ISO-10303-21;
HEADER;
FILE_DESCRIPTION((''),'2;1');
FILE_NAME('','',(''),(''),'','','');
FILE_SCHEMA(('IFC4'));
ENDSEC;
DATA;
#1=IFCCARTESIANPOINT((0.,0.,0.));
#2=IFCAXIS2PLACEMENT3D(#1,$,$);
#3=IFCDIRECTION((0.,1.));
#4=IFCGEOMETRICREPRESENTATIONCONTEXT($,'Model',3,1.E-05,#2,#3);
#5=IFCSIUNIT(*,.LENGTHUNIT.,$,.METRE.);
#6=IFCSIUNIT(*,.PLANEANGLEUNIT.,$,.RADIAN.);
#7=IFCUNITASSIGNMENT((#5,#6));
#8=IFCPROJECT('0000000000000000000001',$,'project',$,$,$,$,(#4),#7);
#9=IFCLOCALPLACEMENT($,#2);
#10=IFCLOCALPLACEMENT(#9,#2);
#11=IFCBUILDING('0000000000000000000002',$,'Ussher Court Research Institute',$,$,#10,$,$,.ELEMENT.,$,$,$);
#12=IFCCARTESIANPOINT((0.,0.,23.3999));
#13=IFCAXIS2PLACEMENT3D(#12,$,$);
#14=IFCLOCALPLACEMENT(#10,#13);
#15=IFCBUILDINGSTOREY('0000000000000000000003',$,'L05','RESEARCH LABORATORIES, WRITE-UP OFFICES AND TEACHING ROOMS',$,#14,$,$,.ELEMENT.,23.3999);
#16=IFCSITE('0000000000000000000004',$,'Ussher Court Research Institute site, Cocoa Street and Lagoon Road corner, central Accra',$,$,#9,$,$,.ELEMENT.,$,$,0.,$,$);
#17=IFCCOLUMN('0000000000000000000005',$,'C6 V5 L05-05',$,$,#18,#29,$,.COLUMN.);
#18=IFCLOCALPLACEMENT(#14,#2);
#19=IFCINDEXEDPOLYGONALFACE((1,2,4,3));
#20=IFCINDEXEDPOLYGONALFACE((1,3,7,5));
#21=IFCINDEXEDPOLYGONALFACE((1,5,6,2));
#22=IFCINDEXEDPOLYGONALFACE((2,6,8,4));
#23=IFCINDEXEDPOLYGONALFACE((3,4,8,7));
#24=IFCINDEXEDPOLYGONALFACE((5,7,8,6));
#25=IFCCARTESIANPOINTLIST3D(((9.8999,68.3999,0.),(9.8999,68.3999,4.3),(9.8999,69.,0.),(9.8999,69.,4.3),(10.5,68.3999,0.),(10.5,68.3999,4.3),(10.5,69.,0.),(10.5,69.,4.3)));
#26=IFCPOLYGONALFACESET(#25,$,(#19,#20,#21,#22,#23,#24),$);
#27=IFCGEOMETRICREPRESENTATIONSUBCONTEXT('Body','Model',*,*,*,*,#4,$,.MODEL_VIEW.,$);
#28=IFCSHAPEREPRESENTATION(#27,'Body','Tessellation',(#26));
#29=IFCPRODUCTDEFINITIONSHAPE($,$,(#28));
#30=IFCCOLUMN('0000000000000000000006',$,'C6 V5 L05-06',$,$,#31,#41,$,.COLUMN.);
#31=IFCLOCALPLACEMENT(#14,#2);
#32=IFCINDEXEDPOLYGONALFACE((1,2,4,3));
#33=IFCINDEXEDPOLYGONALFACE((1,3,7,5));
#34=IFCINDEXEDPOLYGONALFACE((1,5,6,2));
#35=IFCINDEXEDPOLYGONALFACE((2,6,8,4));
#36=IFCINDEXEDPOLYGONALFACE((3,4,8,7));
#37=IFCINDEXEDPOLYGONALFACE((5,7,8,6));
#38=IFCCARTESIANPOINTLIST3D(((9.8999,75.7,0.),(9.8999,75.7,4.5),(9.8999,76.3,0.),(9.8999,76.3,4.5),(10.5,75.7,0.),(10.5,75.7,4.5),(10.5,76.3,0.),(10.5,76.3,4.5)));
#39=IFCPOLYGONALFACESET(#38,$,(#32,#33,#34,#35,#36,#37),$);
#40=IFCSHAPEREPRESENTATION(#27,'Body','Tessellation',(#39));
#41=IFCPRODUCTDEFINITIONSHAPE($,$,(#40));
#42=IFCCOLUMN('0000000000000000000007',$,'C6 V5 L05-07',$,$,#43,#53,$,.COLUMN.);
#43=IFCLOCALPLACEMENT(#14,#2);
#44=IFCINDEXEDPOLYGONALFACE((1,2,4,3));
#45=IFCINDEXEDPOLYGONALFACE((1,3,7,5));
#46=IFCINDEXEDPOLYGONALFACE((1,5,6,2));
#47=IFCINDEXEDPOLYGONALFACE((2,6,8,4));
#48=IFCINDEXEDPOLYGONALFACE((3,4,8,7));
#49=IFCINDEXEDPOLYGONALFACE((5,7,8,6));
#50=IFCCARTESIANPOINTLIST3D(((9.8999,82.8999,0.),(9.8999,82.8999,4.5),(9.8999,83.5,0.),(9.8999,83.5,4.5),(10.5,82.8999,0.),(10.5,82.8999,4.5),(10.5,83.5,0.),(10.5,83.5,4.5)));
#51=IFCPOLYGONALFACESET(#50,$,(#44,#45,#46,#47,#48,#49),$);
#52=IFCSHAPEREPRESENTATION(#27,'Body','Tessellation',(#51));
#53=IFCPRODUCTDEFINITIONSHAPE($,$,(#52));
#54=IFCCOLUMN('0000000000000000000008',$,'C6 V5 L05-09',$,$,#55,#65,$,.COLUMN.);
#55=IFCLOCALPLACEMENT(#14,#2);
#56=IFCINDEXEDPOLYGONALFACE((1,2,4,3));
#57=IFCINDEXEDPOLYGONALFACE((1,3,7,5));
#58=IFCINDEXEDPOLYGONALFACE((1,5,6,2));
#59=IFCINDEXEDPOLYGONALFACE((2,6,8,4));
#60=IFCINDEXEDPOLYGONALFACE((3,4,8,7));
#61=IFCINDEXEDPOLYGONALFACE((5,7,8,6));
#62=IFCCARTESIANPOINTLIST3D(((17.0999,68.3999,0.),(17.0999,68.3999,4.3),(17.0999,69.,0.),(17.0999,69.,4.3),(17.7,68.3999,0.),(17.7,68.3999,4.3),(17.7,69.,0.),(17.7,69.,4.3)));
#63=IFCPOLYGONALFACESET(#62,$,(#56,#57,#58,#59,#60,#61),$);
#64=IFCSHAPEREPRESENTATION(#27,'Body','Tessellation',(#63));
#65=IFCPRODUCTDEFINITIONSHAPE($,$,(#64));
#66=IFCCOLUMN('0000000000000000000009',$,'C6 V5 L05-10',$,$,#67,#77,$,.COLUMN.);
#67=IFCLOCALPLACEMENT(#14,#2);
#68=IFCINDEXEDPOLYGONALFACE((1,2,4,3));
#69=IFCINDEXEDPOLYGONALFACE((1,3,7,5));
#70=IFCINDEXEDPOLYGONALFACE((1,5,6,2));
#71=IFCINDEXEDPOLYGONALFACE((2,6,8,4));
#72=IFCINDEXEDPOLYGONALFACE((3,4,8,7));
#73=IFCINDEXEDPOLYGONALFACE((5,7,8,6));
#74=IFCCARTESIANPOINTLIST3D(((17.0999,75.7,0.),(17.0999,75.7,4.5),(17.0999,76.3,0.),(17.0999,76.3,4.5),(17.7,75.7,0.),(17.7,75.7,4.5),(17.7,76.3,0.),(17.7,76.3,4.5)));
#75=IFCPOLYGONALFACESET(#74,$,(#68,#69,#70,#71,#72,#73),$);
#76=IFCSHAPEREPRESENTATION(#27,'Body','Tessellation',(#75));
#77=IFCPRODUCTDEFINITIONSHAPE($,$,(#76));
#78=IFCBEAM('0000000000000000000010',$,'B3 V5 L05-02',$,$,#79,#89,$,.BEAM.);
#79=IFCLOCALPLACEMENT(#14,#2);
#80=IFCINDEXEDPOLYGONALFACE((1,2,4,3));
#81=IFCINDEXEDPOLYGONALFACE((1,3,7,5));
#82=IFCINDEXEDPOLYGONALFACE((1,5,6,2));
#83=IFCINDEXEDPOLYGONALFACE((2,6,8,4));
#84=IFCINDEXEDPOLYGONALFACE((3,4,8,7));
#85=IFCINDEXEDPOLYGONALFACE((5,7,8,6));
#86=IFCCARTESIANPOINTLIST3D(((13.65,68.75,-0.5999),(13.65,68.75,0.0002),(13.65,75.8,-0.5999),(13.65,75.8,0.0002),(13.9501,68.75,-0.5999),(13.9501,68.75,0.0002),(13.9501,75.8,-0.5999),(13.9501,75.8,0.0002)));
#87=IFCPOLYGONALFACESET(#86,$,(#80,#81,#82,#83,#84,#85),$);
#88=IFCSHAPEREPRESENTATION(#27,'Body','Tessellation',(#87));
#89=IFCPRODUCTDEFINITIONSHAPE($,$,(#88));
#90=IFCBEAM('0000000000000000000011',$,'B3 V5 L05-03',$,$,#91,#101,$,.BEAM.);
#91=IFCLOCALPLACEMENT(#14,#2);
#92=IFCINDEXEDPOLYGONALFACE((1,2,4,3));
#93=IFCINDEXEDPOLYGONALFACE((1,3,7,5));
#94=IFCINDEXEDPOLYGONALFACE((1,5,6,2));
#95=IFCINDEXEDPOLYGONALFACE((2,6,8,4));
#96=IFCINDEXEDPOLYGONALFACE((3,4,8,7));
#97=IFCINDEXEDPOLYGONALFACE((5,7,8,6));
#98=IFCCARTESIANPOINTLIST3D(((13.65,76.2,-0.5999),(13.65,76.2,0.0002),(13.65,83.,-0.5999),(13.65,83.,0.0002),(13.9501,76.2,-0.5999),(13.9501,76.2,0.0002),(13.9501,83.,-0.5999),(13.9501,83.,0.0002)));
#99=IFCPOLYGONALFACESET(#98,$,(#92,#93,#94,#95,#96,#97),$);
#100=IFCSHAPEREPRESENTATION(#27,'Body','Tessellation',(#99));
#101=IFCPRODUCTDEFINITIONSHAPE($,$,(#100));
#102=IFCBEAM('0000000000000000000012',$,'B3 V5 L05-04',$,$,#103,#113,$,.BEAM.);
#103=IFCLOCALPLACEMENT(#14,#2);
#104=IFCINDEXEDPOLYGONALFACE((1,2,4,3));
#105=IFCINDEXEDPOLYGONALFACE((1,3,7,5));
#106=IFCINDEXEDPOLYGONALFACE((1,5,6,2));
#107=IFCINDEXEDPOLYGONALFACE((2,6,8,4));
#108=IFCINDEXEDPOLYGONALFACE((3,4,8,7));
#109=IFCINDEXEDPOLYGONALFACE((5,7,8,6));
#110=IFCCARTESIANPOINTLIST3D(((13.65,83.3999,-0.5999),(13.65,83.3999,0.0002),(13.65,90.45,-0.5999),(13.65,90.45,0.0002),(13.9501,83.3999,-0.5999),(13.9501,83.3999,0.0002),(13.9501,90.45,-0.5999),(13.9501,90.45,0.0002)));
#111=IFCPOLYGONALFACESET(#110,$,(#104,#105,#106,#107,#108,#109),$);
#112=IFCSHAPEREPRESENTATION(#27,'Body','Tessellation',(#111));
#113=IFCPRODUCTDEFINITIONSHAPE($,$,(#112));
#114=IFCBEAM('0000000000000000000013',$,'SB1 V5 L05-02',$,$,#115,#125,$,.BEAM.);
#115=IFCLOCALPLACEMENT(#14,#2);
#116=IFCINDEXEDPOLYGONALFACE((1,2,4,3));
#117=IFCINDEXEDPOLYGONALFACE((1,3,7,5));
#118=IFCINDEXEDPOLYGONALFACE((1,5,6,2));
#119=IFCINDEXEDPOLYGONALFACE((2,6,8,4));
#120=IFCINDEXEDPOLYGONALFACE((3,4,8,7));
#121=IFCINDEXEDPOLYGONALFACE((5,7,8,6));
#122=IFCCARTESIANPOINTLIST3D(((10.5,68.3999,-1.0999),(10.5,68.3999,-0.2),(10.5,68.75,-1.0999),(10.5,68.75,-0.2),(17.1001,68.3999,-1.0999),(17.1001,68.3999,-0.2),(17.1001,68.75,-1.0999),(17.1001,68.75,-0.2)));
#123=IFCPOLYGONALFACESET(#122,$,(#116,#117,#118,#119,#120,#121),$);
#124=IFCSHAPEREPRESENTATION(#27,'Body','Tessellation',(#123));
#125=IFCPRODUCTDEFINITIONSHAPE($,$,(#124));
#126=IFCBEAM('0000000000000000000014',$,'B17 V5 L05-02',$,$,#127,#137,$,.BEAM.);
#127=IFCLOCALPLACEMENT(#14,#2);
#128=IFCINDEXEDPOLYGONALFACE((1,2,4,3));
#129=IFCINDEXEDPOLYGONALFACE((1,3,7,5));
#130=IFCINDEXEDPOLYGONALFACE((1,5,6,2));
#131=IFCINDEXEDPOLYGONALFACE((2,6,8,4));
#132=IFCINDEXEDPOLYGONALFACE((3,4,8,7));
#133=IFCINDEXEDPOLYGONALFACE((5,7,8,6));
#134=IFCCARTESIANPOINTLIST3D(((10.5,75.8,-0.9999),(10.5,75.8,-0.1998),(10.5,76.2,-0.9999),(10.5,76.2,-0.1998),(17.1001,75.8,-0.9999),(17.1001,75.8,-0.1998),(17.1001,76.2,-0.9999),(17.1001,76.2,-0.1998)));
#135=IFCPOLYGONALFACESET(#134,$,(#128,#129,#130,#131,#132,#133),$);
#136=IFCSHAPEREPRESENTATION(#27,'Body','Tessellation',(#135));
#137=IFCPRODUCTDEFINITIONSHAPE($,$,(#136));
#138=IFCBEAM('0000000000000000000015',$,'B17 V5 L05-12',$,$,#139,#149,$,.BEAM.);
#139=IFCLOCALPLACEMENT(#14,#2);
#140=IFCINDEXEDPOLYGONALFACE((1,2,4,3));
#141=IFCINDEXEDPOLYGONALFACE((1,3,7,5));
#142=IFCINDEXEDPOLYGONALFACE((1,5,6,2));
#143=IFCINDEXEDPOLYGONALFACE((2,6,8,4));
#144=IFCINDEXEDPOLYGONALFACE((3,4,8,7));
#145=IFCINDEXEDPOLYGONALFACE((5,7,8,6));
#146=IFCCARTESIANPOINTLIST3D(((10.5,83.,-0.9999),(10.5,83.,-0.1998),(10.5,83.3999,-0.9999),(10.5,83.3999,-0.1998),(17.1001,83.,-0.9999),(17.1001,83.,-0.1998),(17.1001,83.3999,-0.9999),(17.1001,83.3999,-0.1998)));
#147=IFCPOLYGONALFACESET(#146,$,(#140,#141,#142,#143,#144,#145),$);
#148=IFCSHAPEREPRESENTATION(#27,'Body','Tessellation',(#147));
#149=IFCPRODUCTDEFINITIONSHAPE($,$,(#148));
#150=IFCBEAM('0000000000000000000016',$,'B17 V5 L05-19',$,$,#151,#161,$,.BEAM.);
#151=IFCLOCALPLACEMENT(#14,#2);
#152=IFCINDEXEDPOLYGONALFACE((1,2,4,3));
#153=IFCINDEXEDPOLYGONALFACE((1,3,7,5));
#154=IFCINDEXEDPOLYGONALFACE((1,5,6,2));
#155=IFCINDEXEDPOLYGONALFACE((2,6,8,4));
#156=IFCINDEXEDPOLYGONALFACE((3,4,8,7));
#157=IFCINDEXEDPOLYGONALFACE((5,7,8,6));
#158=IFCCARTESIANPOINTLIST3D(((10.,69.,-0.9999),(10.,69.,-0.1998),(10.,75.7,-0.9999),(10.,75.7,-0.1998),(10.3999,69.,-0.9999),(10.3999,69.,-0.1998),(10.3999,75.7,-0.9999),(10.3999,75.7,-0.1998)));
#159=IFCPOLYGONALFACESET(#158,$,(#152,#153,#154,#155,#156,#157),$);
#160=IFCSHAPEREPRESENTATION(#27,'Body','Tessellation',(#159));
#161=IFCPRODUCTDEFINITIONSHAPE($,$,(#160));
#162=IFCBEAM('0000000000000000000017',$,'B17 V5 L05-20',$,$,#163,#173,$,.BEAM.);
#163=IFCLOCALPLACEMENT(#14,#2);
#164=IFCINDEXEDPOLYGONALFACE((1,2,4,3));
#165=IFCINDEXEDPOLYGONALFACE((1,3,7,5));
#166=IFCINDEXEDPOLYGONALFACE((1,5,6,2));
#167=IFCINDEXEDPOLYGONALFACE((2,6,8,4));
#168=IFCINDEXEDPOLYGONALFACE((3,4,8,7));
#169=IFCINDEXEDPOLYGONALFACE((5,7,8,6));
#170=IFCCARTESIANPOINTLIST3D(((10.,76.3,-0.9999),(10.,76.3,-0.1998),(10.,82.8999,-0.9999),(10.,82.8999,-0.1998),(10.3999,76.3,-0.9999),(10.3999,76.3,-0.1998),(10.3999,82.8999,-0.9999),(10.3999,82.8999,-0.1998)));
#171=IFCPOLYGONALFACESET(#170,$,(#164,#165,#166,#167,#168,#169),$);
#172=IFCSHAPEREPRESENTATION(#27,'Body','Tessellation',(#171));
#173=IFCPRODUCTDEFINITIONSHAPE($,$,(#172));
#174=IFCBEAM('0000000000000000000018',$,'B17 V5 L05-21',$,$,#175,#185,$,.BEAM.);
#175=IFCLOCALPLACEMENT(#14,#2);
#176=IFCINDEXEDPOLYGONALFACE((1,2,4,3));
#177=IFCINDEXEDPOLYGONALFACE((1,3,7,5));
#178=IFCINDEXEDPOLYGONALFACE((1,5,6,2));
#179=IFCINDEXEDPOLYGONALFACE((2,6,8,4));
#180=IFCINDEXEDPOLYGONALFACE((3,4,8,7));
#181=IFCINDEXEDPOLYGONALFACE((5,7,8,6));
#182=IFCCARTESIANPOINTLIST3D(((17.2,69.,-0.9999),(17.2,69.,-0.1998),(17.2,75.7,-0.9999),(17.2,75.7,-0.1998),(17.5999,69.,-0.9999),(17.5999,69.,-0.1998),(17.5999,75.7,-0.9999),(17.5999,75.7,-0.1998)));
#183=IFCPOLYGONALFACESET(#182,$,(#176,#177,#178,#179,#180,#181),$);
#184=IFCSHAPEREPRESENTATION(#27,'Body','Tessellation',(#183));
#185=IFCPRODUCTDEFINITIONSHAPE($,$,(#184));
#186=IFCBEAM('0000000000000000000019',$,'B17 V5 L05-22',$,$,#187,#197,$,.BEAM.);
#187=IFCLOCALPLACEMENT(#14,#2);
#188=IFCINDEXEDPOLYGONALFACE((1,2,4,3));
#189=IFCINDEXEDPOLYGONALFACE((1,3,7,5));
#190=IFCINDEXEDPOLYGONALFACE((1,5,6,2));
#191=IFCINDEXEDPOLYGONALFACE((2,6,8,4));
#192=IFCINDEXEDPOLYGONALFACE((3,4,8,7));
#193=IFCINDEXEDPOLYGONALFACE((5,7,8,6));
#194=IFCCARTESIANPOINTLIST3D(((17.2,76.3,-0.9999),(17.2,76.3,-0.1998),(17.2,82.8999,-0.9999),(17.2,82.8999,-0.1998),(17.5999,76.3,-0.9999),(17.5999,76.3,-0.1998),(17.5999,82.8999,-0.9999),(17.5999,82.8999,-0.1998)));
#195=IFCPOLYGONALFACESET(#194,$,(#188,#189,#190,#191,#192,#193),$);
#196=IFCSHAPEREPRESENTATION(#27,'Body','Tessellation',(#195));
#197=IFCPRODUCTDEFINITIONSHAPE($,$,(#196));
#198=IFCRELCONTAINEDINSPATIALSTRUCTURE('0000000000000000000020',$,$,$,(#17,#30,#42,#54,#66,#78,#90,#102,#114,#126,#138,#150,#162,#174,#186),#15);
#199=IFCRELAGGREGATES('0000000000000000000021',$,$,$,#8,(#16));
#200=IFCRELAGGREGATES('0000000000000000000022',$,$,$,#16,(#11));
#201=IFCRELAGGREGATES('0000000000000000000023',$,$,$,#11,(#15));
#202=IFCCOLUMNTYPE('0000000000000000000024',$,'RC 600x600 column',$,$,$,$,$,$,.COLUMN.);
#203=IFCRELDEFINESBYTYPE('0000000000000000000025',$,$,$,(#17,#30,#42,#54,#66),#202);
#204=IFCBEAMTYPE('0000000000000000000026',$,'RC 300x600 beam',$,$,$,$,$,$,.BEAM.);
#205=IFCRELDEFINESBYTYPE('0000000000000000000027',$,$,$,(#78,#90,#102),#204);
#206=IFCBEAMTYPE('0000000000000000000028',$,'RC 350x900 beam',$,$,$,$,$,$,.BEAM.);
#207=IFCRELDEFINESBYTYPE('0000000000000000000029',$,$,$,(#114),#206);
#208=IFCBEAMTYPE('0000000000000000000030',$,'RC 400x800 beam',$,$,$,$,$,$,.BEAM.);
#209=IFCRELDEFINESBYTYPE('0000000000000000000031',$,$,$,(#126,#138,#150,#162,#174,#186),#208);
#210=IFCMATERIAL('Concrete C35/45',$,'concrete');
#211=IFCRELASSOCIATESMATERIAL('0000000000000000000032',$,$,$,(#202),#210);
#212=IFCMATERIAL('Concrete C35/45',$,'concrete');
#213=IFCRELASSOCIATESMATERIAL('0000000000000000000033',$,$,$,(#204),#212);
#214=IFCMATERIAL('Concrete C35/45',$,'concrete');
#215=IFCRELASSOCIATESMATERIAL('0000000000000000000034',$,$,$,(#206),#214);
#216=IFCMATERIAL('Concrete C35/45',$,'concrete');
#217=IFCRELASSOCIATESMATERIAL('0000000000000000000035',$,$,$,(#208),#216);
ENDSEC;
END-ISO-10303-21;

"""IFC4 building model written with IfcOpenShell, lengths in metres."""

from ifc_helpers import new_model, si_unit, direction, frame, origin, origin_2d, place, context, subcontext, project, spatial, rectangle, extrude, material, material_profile, profile_set, type_object, element, save


model = new_model("IFC4")

# Units and contexts
model_context = context("Model", 3, precision=1e-05, world=origin(), true_north=direction((0.0, 1.0)))
body_context = subcontext(model_context, "Body", "Model", "MODEL_VIEW")
ifc_project = project(units=[si_unit("LENGTHUNIT", "METRE"), si_unit("PLANEANGLEUNIT", "RADIAN")], contexts=[model_context])

# Site, building, storey
site_placement = place(None, origin())
site = spatial("IfcSite", under=ifc_project, at=site_placement, Name="Ussher Court Research Institute site, Cocoa Street and Lagoon Road corner, central Accra", CompositionType="ELEMENT", RefElevation=0.0)
building_placement = place(site_placement, origin())
building = spatial("IfcBuilding", under=site, at=building_placement, Name="Ussher Court Research Institute", CompositionType="ELEMENT")
storey_placement = place(building_placement, frame((0.0, 0.0, 23.3999)))
storey = spatial("IfcBuildingStorey", under=building, at=storey_placement, Name="L05", Description="RESEARCH LABORATORIES, WRITE-UP OFFICES AND TEACHING ROOMS", CompositionType="ELEMENT", Elevation=23.3999)

# Columns
ifc_material_1 = material(Name="Concrete C35/45", Category="concrete")
ifc_material_profile_1 = material_profile(ifc_material_1, rectangle(XDim=0.6001, YDim=0.6001, at=origin_2d()), Name="RC 600x600")
ifc_profile_set_1 = profile_set([ifc_material_profile_1], Name="Concrete C35/45")
column_type = type_object("IfcColumnType", Name="RC 600x600 column", PredefinedType="COLUMN", material=ifc_profile_set_1)
column_1_placement = place(storey_placement, frame((10.2, 68.7, 0.0), z_axis=(0.0, 0.0, 1.0), x_axis=(1.0, 0.0, 0.0)))
element("IfcColumn", 1, at=column_1_placement, inside=storey, type_object=column_type, Name="C6 V5 L05-05", PredefinedType="COLUMN", context=body_context, shape_type="SweptSolid", body=[
    extrude(rectangle(XDim=0.6001, YDim=0.6001, at=origin_2d()), origin(), (0.0, 0.0, 1.0), 4.3),
])
for number, where, z_axis, x_axis, name in (
    (2, (10.2, 76.0, 0.0), (0.0, 0.0, 1.0), (1.0, 0.0, 0.0), "C6 V5 L05-06"),
    (3, (10.2, 83.2, 0.0), (0.0, 0.0, 1.0), (1.0, 0.0, 0.0), "C6 V5 L05-07"),
):
    element("IfcColumn", number, at=place(storey_placement, frame(where, z_axis=z_axis, x_axis=x_axis)), inside=storey, type_object=column_type, Name=name, PredefinedType="COLUMN", context=body_context, shape_type="SweptSolid", body=[
        extrude(rectangle(XDim=0.6001, YDim=0.6001, at=origin_2d()), origin(), (0.0, 0.0, 1.0), 4.5),
    ])
column_2_placement = place(storey_placement, frame((17.3999, 68.7, 0.0), z_axis=(0.0, 0.0, 1.0), x_axis=(1.0, 0.0, 0.0)))
element("IfcColumn", 4, at=column_2_placement, inside=storey, type_object=column_type, Name="C6 V5 L05-09", PredefinedType="COLUMN", context=body_context, shape_type="SweptSolid", body=[
    extrude(rectangle(XDim=0.6001, YDim=0.6001, at=origin_2d()), origin(), (0.0, 0.0, 1.0), 4.3),
])
column_3_placement = place(storey_placement, frame((17.3999, 76.0, 0.0), z_axis=(0.0, 0.0, 1.0), x_axis=(1.0, 0.0, 0.0)))
element("IfcColumn", 5, at=column_3_placement, inside=storey, type_object=column_type, Name="C6 V5 L05-10", PredefinedType="COLUMN", context=body_context, shape_type="SweptSolid", body=[
    extrude(rectangle(XDim=0.6001, YDim=0.6001, at=origin_2d()), origin(), (0.0, 0.0, 1.0), 4.5),
])

# Beams
ifc_material_2 = material(Name="Concrete C35/45", Category="concrete")
ifc_material_profile_2 = material_profile(ifc_material_2, rectangle(XDim=0.3, YDim=0.6001, at=origin_2d()), Name="RC 300x600")
ifc_profile_set_2 = profile_set([ifc_material_profile_2], Name="Concrete C35/45")
beam_type_1 = type_object("IfcBeamType", Name="RC 300x600 beam", PredefinedType="BEAM", material=ifc_profile_set_2)
beam_1_placement = place(storey_placement, frame((13.8, 68.75, -0.2998), z_axis=(0.0, 1.0, 0.0), x_axis=(-1.0, 0.0, 0.0)))
element("IfcBeam", 6, at=beam_1_placement, inside=storey, type_object=beam_type_1, Name="B3 V5 L05-02", PredefinedType="BEAM", context=body_context, shape_type="SweptSolid", body=[
    extrude(rectangle(XDim=0.3, YDim=0.6001, at=origin_2d()), origin(), (0.0, 0.0, 1.0), 7.05),
])
beam_2_placement = place(storey_placement, frame((13.8, 76.2, -0.2998), z_axis=(0.0, 1.0, 0.0), x_axis=(-1.0, 0.0, 0.0)))
element("IfcBeam", 7, at=beam_2_placement, inside=storey, type_object=beam_type_1, Name="B3 V5 L05-03", PredefinedType="BEAM", context=body_context, shape_type="SweptSolid", body=[
    extrude(rectangle(XDim=0.3, YDim=0.6001, at=origin_2d()), origin(), (0.0, 0.0, 1.0), 6.8),
])
beam_3_placement = place(storey_placement, frame((13.8, 83.3999, -0.2998), z_axis=(0.0, 1.0, 0.0), x_axis=(-1.0, 0.0, 0.0)))
element("IfcBeam", 8, at=beam_3_placement, inside=storey, type_object=beam_type_1, Name="B3 V5 L05-04", PredefinedType="BEAM", context=body_context, shape_type="SweptSolid", body=[
    extrude(rectangle(XDim=0.3, YDim=0.6001, at=origin_2d()), origin(), (0.0, 0.0, 1.0), 7.05),
])
ifc_material_3 = material(Name="Concrete C35/45", Category="concrete")
ifc_material_profile_3 = material_profile(ifc_material_3, rectangle(XDim=0.3501, YDim=0.8999, at=origin_2d()), Name="RC 350x900")
ifc_profile_set_3 = profile_set([ifc_material_profile_3], Name="Concrete C35/45")
beam_type_2 = type_object("IfcBeamType", Name="RC 350x900 beam", PredefinedType="BEAM", material=ifc_profile_set_3)
beam_4_placement = place(storey_placement, frame((10.5, 68.575, -0.6499), z_axis=(1.0, 0.0, 0.0), x_axis=(0.0, 1.0, 0.0)))
element("IfcBeam", 9, at=beam_4_placement, inside=storey, type_object=beam_type_2, Name="SB1 V5 L05-02", PredefinedType="BEAM", context=body_context, shape_type="SweptSolid", body=[
    extrude(rectangle(XDim=0.3501, YDim=0.8999, at=origin_2d()), origin(), (0.0, 0.0, 1.0), 6.6001),
])
ifc_material_4 = material(Name="Concrete C35/45", Category="concrete")
ifc_material_profile_4 = material_profile(ifc_material_4, rectangle(XDim=0.3999, YDim=0.8, at=origin_2d()), Name="RC 400x800")
ifc_profile_set_4 = profile_set([ifc_material_profile_4], Name="Concrete C35/45")
beam_type_3 = type_object("IfcBeamType", Name="RC 400x800 beam", PredefinedType="BEAM", material=ifc_profile_set_4)
for number, where, z_axis, x_axis, name in (
    (10, (10.5, 76.0, -0.5999), (1.0, 0.0, 0.0), (0.0, 1.0, 0.0), "B17 V5 L05-02"),
    (11, (10.5, 83.2, -0.5999), (1.0, 0.0, 0.0), (0.0, 1.0, 0.0), "B17 V5 L05-12"),
):
    element("IfcBeam", number, at=place(storey_placement, frame(where, z_axis=z_axis, x_axis=x_axis)), inside=storey, type_object=beam_type_3, Name=name, PredefinedType="BEAM", context=body_context, shape_type="SweptSolid", body=[
        extrude(rectangle(XDim=0.3999, YDim=0.8, at=origin_2d()), origin(), (0.0, 0.0, 1.0), 6.6001),
    ])
beam_5_placement = place(storey_placement, frame((10.2, 69.0, -0.5999), z_axis=(0.0, 1.0, 0.0), x_axis=(-1.0, 0.0, 0.0)))
element("IfcBeam", 12, at=beam_5_placement, inside=storey, type_object=beam_type_3, Name="B17 V5 L05-19", PredefinedType="BEAM", context=body_context, shape_type="SweptSolid", body=[
    extrude(rectangle(XDim=0.3999, YDim=0.8, at=origin_2d()), origin(), (0.0, 0.0, 1.0), 6.7),
])
beam_6_placement = place(storey_placement, frame((10.2, 76.3, -0.5999), z_axis=(0.0, 1.0, 0.0), x_axis=(-1.0, 0.0, 0.0)))
element("IfcBeam", 13, at=beam_6_placement, inside=storey, type_object=beam_type_3, Name="B17 V5 L05-20", PredefinedType="BEAM", context=body_context, shape_type="SweptSolid", body=[
    extrude(rectangle(XDim=0.3999, YDim=0.8, at=origin_2d()), origin(), (0.0, 0.0, 1.0), 6.5999),
])
beam_7_placement = place(storey_placement, frame((17.3999, 69.0, -0.5999), z_axis=(0.0, 1.0, 0.0), x_axis=(-1.0, 0.0, 0.0)))
element("IfcBeam", 14, at=beam_7_placement, inside=storey, type_object=beam_type_3, Name="B17 V5 L05-21", PredefinedType="BEAM", context=body_context, shape_type="SweptSolid", body=[
    extrude(rectangle(XDim=0.3999, YDim=0.8, at=origin_2d()), origin(), (0.0, 0.0, 1.0), 6.7),
])
beam_8_placement = place(storey_placement, frame((17.3999, 76.3, -0.5999), z_axis=(0.0, 1.0, 0.0), x_axis=(-1.0, 0.0, 0.0)))
element("IfcBeam", 15, at=beam_8_placement, inside=storey, type_object=beam_type_3, Name="B17 V5 L05-22", PredefinedType="BEAM", context=body_context, shape_type="SweptSolid", body=[
    extrude(rectangle(XDim=0.3999, YDim=0.8, at=origin_2d()), origin(), (0.0, 0.0, 1.0), 6.5999),
])

save(model, "model.ifc")
